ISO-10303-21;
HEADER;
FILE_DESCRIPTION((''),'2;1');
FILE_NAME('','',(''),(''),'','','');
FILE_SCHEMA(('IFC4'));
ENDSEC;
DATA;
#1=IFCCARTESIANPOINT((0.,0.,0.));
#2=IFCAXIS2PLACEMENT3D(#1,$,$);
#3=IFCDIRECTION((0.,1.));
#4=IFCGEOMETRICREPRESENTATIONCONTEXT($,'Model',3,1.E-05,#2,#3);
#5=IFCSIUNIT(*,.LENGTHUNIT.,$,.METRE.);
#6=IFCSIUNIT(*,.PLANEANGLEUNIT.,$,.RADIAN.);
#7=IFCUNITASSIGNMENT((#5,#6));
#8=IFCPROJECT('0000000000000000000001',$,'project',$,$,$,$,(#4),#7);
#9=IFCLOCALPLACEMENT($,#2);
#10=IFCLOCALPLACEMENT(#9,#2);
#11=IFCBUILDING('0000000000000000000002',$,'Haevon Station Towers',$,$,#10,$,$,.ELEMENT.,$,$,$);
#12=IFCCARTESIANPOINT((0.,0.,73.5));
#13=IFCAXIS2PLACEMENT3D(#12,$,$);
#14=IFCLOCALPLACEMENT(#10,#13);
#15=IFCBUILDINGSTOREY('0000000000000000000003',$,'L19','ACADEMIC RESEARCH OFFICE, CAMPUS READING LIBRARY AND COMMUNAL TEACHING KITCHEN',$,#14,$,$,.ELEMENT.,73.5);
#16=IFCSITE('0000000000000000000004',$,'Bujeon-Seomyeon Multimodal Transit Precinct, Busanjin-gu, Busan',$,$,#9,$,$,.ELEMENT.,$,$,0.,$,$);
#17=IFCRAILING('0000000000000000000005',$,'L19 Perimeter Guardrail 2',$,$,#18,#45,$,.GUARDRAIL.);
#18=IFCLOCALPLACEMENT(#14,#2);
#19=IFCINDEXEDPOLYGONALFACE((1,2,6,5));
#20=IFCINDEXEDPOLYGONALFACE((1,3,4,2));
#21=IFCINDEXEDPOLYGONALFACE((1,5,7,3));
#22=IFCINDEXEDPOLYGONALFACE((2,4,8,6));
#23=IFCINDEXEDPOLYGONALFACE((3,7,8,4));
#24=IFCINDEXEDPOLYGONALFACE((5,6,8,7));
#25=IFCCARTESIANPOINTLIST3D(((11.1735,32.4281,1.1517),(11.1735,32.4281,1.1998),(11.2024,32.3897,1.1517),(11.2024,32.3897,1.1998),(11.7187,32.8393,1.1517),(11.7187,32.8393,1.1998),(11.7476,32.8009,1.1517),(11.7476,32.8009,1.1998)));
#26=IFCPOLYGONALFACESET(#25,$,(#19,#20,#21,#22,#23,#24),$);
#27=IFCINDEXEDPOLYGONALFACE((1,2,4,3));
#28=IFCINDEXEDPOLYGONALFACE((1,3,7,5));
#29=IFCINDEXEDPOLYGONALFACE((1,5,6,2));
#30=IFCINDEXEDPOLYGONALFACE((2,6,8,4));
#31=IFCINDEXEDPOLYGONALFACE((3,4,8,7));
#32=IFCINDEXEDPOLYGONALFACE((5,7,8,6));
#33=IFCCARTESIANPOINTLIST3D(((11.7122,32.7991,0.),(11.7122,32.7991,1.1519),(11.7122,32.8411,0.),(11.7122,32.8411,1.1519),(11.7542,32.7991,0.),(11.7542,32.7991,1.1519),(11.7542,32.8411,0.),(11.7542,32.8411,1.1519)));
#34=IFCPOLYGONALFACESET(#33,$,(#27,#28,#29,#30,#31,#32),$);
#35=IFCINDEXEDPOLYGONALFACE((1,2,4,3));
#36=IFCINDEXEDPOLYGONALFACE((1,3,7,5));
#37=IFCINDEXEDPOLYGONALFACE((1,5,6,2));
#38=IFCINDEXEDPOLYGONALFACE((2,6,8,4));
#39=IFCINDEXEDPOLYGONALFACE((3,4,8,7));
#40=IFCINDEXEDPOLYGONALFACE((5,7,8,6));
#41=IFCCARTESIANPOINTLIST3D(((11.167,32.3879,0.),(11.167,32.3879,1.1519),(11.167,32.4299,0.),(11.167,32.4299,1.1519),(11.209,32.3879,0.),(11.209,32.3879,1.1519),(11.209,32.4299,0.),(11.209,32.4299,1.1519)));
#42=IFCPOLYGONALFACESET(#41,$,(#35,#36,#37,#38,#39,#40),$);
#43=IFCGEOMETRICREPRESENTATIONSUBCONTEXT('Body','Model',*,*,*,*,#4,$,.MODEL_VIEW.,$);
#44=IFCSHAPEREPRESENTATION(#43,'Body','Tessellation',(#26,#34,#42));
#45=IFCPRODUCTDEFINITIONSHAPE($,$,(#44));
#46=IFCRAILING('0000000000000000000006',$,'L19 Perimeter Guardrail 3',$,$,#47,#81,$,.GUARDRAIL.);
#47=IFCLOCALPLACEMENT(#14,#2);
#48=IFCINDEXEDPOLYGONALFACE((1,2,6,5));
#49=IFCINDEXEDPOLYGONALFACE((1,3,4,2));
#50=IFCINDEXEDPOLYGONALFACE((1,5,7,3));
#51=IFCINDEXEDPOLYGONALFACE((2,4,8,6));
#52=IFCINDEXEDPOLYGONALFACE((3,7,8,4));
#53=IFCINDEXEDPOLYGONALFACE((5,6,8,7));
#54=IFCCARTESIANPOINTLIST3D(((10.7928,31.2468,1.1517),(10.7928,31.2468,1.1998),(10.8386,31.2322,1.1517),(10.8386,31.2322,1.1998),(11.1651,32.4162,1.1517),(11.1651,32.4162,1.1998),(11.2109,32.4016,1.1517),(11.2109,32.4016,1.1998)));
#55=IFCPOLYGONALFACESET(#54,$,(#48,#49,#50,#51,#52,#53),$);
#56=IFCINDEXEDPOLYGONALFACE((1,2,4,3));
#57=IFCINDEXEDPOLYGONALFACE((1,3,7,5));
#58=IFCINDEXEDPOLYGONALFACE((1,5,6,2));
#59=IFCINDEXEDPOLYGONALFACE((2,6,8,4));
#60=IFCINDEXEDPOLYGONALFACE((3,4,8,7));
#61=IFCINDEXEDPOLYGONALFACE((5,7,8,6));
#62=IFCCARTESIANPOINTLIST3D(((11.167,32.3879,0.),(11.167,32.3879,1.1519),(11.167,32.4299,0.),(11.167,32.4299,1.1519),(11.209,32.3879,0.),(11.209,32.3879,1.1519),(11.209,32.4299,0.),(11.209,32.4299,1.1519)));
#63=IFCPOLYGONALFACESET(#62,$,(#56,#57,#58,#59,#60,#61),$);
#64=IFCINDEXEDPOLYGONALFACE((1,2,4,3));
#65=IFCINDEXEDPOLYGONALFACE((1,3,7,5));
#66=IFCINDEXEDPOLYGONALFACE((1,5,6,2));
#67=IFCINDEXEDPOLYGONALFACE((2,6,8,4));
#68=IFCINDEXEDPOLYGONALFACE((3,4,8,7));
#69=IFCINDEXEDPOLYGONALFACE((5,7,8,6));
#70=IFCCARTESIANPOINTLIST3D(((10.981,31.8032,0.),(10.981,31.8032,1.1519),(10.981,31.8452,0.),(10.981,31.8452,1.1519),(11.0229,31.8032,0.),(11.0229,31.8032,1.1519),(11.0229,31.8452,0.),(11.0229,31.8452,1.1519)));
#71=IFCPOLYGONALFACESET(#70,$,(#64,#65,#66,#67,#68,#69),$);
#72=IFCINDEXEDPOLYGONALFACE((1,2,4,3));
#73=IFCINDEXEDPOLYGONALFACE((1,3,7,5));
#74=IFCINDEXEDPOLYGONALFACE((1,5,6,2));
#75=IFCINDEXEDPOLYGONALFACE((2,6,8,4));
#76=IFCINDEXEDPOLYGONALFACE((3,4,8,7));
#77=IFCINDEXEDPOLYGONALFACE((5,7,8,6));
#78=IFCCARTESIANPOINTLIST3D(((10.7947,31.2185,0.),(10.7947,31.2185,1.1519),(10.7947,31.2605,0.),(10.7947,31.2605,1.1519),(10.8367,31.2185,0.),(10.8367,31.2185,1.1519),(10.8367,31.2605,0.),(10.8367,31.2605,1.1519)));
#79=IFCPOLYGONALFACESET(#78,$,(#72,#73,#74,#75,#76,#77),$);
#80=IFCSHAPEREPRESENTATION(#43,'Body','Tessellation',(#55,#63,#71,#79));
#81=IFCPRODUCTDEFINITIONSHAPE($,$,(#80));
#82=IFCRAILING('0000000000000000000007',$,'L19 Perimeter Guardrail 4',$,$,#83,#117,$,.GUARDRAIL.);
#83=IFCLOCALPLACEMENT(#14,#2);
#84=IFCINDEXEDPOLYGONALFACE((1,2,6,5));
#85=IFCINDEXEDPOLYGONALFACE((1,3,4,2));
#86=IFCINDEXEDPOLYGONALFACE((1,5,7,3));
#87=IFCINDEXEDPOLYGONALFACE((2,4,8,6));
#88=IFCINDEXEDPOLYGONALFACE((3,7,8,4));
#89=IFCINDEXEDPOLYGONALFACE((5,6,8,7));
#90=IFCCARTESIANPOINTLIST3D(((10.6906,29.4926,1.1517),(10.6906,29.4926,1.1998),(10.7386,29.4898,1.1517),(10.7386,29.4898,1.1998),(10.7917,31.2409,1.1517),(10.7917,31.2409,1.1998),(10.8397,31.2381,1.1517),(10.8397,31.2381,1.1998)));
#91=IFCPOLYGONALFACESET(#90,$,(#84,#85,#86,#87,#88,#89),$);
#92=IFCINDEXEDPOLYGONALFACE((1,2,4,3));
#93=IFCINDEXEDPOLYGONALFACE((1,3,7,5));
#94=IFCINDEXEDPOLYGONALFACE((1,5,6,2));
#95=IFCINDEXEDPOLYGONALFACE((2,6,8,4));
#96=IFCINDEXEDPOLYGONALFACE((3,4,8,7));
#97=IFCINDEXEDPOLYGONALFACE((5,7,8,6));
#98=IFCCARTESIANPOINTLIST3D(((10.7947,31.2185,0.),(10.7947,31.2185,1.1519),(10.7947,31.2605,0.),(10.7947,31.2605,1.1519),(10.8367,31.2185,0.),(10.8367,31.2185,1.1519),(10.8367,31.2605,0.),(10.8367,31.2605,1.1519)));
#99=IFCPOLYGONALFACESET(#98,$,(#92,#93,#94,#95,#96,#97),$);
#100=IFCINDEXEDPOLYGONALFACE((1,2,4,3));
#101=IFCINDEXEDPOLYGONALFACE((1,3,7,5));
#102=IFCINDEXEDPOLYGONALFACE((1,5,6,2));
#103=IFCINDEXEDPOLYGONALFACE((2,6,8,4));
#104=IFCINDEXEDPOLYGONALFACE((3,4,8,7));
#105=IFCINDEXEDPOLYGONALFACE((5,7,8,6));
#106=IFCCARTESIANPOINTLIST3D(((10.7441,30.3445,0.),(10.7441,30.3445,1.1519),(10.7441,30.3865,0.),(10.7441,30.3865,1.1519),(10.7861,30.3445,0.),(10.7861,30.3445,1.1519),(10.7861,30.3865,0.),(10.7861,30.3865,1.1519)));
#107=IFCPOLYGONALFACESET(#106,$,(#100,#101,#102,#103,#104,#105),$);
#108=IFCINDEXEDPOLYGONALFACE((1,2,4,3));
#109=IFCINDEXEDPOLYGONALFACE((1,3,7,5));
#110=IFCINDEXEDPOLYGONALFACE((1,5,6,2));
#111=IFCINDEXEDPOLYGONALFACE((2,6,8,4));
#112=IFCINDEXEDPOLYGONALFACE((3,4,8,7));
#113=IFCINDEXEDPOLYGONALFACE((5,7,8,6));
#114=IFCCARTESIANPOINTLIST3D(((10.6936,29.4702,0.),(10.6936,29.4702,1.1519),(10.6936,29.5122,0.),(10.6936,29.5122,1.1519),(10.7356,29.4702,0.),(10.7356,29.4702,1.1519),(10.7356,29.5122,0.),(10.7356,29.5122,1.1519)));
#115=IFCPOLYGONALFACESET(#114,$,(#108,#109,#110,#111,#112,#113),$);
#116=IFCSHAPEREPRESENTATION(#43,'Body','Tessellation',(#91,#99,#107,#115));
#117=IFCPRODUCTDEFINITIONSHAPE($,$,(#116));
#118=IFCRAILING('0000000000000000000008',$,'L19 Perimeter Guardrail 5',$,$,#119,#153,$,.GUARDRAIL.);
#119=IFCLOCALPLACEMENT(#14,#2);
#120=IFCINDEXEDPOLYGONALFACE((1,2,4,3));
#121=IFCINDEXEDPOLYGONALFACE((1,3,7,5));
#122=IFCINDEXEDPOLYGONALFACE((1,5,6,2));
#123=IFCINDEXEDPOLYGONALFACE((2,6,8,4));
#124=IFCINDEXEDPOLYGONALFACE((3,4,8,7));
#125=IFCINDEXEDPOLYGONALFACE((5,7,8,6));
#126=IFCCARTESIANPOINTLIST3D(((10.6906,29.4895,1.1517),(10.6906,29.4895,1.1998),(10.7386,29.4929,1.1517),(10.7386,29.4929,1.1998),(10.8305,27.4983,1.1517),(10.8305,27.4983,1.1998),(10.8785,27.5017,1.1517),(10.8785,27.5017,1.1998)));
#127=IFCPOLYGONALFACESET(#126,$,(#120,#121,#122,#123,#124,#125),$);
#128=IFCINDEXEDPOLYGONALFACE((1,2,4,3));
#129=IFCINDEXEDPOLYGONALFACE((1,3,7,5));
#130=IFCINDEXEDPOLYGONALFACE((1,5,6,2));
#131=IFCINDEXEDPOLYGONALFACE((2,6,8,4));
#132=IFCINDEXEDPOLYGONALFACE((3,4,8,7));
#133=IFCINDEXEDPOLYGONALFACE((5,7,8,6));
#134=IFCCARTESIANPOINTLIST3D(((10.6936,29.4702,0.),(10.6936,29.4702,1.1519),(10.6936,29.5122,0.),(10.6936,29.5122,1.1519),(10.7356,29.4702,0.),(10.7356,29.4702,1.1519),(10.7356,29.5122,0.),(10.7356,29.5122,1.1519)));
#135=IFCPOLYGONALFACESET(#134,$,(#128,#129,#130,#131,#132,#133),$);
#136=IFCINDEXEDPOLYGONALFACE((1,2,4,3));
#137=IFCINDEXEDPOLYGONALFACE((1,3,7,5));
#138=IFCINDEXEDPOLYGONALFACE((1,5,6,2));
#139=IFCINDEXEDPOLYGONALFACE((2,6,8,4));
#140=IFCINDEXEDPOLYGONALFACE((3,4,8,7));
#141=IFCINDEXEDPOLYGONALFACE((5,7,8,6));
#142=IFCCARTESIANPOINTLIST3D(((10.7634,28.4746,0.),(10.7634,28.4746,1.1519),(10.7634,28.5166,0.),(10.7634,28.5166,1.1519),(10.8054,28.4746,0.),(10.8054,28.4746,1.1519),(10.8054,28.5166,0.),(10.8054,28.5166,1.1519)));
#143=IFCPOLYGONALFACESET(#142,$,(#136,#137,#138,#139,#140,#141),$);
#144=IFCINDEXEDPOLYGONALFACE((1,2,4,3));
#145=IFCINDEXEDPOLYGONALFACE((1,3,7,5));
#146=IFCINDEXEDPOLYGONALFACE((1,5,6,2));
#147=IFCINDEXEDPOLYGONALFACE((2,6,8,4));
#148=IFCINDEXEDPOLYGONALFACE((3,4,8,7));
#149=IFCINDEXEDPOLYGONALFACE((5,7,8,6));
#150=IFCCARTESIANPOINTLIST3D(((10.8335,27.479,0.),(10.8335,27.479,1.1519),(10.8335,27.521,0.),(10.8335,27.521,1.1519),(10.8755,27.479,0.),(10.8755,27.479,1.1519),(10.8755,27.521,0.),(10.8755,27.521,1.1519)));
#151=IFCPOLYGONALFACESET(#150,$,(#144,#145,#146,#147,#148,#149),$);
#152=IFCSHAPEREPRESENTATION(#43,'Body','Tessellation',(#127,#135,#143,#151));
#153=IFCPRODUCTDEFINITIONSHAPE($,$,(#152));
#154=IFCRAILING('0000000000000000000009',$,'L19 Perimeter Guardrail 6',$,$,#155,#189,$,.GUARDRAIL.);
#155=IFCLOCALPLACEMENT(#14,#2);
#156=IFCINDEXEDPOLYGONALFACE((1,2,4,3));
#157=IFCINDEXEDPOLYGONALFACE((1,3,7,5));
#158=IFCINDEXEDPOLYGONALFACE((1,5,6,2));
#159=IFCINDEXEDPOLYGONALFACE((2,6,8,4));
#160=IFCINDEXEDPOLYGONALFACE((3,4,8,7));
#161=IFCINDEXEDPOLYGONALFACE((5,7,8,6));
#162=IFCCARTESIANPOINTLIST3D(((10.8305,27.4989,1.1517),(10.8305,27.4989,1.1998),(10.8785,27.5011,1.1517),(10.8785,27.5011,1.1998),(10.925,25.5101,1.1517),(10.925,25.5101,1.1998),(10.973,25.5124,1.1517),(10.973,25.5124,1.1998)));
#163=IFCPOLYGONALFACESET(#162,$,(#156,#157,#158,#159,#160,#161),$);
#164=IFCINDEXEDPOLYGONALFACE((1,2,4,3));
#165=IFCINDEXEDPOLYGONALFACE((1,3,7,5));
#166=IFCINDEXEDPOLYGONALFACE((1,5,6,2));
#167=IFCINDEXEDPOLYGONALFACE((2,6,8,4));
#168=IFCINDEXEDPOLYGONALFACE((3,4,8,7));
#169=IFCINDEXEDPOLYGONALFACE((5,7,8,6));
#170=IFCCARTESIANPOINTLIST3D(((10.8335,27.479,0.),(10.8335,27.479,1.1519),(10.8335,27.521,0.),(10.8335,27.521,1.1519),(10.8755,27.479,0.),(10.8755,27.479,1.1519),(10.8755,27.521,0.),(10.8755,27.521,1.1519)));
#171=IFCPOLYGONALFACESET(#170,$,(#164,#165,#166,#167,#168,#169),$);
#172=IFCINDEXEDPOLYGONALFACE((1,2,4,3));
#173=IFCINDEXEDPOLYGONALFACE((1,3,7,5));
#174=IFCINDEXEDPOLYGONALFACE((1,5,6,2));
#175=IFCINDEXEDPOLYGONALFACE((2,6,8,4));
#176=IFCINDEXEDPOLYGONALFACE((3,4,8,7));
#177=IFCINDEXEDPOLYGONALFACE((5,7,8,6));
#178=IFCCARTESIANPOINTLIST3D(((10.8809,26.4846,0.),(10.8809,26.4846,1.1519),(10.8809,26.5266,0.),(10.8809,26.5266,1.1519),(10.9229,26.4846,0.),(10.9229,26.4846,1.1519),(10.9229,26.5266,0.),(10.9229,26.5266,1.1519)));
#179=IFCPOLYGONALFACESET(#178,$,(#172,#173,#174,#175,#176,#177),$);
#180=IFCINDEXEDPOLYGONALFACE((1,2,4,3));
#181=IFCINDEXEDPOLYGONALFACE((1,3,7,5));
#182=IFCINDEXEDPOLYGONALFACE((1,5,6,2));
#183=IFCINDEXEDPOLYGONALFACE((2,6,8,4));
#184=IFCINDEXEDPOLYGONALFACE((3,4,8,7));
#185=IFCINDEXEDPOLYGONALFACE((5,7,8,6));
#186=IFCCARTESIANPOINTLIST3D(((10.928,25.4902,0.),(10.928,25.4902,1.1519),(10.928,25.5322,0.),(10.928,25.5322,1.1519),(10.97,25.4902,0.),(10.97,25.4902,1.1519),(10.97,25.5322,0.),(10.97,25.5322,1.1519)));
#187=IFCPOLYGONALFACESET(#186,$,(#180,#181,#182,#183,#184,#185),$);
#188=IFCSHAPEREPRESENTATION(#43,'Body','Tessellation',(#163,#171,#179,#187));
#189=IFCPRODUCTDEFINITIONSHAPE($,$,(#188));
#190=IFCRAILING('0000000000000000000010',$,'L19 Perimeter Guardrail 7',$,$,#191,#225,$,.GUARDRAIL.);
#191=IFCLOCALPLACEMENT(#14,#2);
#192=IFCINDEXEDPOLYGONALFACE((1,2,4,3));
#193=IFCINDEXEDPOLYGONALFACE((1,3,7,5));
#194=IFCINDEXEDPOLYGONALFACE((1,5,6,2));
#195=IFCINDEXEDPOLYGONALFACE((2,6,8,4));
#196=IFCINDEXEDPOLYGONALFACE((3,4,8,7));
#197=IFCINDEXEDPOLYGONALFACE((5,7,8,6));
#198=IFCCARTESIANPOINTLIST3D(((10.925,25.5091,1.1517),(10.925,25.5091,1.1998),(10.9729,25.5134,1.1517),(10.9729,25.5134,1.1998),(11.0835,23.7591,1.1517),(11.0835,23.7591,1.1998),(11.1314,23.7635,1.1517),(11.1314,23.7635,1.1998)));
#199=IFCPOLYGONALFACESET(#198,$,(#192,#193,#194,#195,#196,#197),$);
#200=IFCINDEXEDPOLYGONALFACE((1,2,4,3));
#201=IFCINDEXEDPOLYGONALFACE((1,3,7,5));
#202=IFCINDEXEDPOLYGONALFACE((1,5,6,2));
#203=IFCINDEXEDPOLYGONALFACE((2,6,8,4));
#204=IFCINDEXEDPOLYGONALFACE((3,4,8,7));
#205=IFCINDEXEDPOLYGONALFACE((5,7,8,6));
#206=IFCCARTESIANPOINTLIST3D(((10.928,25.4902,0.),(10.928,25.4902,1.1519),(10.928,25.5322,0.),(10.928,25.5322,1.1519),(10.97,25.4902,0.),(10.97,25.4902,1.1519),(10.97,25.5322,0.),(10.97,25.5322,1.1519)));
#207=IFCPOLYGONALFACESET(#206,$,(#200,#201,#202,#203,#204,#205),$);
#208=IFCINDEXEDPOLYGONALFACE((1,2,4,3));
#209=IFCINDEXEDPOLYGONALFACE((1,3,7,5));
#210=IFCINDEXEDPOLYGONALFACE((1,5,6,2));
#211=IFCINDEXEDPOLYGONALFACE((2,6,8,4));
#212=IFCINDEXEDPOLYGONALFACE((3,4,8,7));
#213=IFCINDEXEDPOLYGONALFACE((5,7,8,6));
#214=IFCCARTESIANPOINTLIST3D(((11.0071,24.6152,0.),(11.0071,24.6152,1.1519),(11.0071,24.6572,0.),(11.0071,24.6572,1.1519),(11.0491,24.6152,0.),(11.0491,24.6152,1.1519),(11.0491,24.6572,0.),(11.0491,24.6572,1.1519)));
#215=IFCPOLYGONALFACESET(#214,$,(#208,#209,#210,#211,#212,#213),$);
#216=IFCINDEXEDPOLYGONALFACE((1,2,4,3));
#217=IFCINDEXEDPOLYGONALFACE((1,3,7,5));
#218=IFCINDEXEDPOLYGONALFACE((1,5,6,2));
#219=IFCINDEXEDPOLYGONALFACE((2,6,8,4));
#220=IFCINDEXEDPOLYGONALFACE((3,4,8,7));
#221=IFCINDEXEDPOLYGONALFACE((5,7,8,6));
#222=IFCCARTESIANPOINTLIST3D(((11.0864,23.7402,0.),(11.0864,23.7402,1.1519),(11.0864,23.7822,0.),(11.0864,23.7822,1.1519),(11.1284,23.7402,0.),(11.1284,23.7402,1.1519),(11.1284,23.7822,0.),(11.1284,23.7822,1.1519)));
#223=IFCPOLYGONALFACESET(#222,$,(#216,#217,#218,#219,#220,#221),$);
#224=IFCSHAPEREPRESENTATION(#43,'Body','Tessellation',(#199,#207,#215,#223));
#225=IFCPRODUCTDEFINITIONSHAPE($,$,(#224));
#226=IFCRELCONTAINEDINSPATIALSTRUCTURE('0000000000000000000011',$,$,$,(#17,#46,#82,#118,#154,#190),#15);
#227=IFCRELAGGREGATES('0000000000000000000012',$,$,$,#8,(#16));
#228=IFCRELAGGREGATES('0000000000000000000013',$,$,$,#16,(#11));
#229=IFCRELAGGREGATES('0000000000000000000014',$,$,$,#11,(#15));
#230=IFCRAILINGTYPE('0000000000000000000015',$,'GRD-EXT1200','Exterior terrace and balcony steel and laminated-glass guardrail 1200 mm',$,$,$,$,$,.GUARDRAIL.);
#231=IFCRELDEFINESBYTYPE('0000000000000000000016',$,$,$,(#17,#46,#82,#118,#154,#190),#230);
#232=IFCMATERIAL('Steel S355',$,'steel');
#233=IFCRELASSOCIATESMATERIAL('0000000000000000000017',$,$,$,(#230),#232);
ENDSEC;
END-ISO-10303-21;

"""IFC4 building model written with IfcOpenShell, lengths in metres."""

from ifc_helpers import new_model, si_unit, direction, frame, origin, origin_2d, place, context, subcontext, project, spatial, rectangle, extrude, material, type_object, element, save


model = new_model("IFC4")

# Units and contexts
model_context = context("Model", 3, precision=1e-05, world=origin(), true_north=direction((0.0, 1.0)))
body_context = subcontext(model_context, "Body", "Model", "MODEL_VIEW")
ifc_project = project(units=[si_unit("LENGTHUNIT", "METRE"), si_unit("PLANEANGLEUNIT", "RADIAN")], contexts=[model_context])

# Site, building, storey
site_placement = place(None, origin())
site = spatial("IfcSite", under=ifc_project, at=site_placement, Name="Bujeon-Seomyeon Multimodal Transit Precinct, Busanjin-gu, Busan", CompositionType="ELEMENT", RefElevation=0.0)
building_placement = place(site_placement, origin())
building = spatial("IfcBuilding", under=site, at=building_placement, Name="Haevon Station Towers", CompositionType="ELEMENT")
storey_placement = place(building_placement, frame((0.0, 0.0, 73.5)))
storey = spatial("IfcBuildingStorey", under=building, at=storey_placement, Name="L19", Description="ACADEMIC RESEARCH OFFICE, CAMPUS READING LIBRARY AND COMMUNAL TEACHING KITCHEN", CompositionType="ELEMENT", Elevation=73.5)

# Shared definitions
ifc_material_1 = material(Name="Steel S355", Category="steel")

# Railings
railing_type = type_object("IfcRailingType", Name="GRD-EXT1200", Description="Exterior terrace and balcony steel and laminated-glass guardrail 1200 mm", PredefinedType="GUARDRAIL", material=ifc_material_1)
railing_1_placement = place(storey_placement, frame((11.7332, 32.8201, 0.0)))
element("IfcRailing", 1, at=railing_1_placement, inside=storey, type_object=railing_type, Name="L19 Perimeter Guardrail 2", PredefinedType="GUARDRAIL", context=body_context, shape_type="SweptSolid", body=[
    extrude(rectangle(XDim=0.0481, YDim=0.0481, at=origin_2d()), frame((0.0, 0.0, 1.1758), z_axis=(-0.79841, -0.602115, 0.0), x_axis=(0.602115, -0.79841, 0.0)), (0.0, 0.0, 1.0), 0.6829),
    extrude(rectangle(XDim=0.042, YDim=0.042, at=origin_2d()), origin(), (0.0, 0.0, 1.0), 1.1519),
    extrude(rectangle(XDim=0.042, YDim=0.042, at=origin_2d()), frame((-0.5452, -0.4111, 0.0)), (0.0, 0.0, 1.0), 1.1519),
])
railing_2_placement = place(storey_placement, frame((11.188, 32.4089, 0.0)))
element("IfcRailing", 2, at=railing_2_placement, inside=storey, type_object=railing_type, Name="L19 Perimeter Guardrail 3", PredefinedType="GUARDRAIL", context=body_context, shape_type="SweptSolid", body=[
    extrude(rectangle(XDim=0.0481, YDim=0.0481, at=origin_2d()), frame((0.0, 0.0, 1.1758), z_axis=(-0.303368, -0.952874, 0.0), x_axis=(0.952874, -0.303368, 0.0)), (0.0, 0.0, 1.0), 1.2273),
    extrude(rectangle(XDim=0.042, YDim=0.042, at=origin_2d()), origin(), (0.0, 0.0, 1.0), 1.1519),
    extrude(rectangle(XDim=0.042, YDim=0.042, at=origin_2d()), frame((-0.186, -0.5847, 0.0)), (0.0, 0.0, 1.0), 1.1519),
    extrude(rectangle(XDim=0.042, YDim=0.042, at=origin_2d()), frame((-0.3723, -1.1694, 0.0)), (0.0, 0.0, 1.0), 1.1519),
])
railing_3_placement = place(storey_placement, frame((10.8157, 31.2395, 0.0)))
element("IfcRailing", 3, at=railing_3_placement, inside=storey, type_object=railing_type, Name="L19 Perimeter Guardrail 4", PredefinedType="GUARDRAIL", context=body_context, shape_type="SweptSolid", body=[
    extrude(rectangle(XDim=0.0481, YDim=0.0481, at=origin_2d()), frame((0.0, 0.0, 1.1758), z_axis=(-0.057717, -0.998333, 0.0), x_axis=(0.998333, -0.057717, 0.0)), (0.0, 0.0, 1.0), 1.7512),
    extrude(rectangle(XDim=0.042, YDim=0.042, at=origin_2d()), origin(), (0.0, 0.0, 1.0), 1.1519),
    extrude(rectangle(XDim=0.042, YDim=0.042, at=origin_2d()), frame((-0.0505, -0.874, 0.0)), (0.0, 0.0, 1.0), 1.1519),
    extrude(rectangle(XDim=0.042, YDim=0.042, at=origin_2d()), frame((-0.1011, -1.7483, 0.0)), (0.0, 0.0, 1.0), 1.1519),
])
railing_4_placement = place(storey_placement, frame((10.7146, 29.4912, 0.0)))
element("IfcRailing", 4, at=railing_4_placement, inside=storey, type_object=railing_type, Name="L19 Perimeter Guardrail 5", PredefinedType="GUARDRAIL", context=body_context, shape_type="SweptSolid", body=[
    extrude(rectangle(XDim=0.0481, YDim=0.0481, at=origin_2d()), frame((0.0, 0.0, 1.1758), z_axis=(0.070082, -0.997541, 0.0), x_axis=(0.997541, 0.070082, 0.0)), (0.0, 0.0, 1.0), 1.9961),
    extrude(rectangle(XDim=0.042, YDim=0.042, at=origin_2d()), origin(), (0.0, 0.0, 1.0), 1.1519),
    extrude(rectangle(XDim=0.042, YDim=0.042, at=origin_2d()), frame((0.0698, -0.9956, 0.0)), (0.0, 0.0, 1.0), 1.1519),
    extrude(rectangle(XDim=0.042, YDim=0.042, at=origin_2d()), frame((0.1399, -1.9912, 0.0)), (0.0, 0.0, 1.0), 1.1519),
])
railing_5_placement = place(storey_placement, frame((10.8545, 27.5, 0.0)))
element("IfcRailing", 5, at=railing_5_placement, inside=storey, type_object=railing_type, Name="L19 Perimeter Guardrail 6", PredefinedType="GUARDRAIL", context=body_context, shape_type="SweptSolid", body=[
    extrude(rectangle(XDim=0.0481, YDim=0.0481, at=origin_2d()), frame((0.0, 0.0, 1.1758), z_axis=(0.047454, -0.998873, 0.0), x_axis=(0.998873, 0.047454, 0.0)), (0.0, 0.0, 1.0), 1.991),
    extrude(rectangle(XDim=0.042, YDim=0.042, at=origin_2d()), origin(), (0.0, 0.0, 1.0), 1.1519),
    extrude(rectangle(XDim=0.042, YDim=0.042, at=origin_2d()), frame((0.0474, -0.9944, 0.0)), (0.0, 0.0, 1.0), 1.1519),
    extrude(rectangle(XDim=0.042, YDim=0.042, at=origin_2d()), frame((0.0945, -1.9888, 0.0)), (0.0, 0.0, 1.0), 1.1519),
])
railing_6_placement = place(storey_placement, frame((10.949, 25.5112, 0.0)))
element("IfcRailing", 6, at=railing_6_placement, inside=storey, type_object=railing_type, Name="L19 Perimeter Guardrail 7", PredefinedType="GUARDRAIL", context=body_context, shape_type="SweptSolid", body=[
    extrude(rectangle(XDim=0.0481, YDim=0.0481, at=origin_2d()), frame((0.0, 0.0, 1.1758), z_axis=(0.090172, -0.995926, 0.0), x_axis=(0.995926, 0.090172, 0.0)), (0.0, 0.0, 1.0), 1.7571),
    extrude(rectangle(XDim=0.042, YDim=0.042, at=origin_2d()), origin(), (0.0, 0.0, 1.0), 1.1519),
    extrude(rectangle(XDim=0.042, YDim=0.042, at=origin_2d()), frame((0.0791, -0.875, 0.0)), (0.0, 0.0, 1.0), 1.1519),
    extrude(rectangle(XDim=0.042, YDim=0.042, at=origin_2d()), frame((0.1584, -1.75, 0.0)), (0.0, 0.0, 1.0), 1.1519),
])

save(model, "model.ifc")
